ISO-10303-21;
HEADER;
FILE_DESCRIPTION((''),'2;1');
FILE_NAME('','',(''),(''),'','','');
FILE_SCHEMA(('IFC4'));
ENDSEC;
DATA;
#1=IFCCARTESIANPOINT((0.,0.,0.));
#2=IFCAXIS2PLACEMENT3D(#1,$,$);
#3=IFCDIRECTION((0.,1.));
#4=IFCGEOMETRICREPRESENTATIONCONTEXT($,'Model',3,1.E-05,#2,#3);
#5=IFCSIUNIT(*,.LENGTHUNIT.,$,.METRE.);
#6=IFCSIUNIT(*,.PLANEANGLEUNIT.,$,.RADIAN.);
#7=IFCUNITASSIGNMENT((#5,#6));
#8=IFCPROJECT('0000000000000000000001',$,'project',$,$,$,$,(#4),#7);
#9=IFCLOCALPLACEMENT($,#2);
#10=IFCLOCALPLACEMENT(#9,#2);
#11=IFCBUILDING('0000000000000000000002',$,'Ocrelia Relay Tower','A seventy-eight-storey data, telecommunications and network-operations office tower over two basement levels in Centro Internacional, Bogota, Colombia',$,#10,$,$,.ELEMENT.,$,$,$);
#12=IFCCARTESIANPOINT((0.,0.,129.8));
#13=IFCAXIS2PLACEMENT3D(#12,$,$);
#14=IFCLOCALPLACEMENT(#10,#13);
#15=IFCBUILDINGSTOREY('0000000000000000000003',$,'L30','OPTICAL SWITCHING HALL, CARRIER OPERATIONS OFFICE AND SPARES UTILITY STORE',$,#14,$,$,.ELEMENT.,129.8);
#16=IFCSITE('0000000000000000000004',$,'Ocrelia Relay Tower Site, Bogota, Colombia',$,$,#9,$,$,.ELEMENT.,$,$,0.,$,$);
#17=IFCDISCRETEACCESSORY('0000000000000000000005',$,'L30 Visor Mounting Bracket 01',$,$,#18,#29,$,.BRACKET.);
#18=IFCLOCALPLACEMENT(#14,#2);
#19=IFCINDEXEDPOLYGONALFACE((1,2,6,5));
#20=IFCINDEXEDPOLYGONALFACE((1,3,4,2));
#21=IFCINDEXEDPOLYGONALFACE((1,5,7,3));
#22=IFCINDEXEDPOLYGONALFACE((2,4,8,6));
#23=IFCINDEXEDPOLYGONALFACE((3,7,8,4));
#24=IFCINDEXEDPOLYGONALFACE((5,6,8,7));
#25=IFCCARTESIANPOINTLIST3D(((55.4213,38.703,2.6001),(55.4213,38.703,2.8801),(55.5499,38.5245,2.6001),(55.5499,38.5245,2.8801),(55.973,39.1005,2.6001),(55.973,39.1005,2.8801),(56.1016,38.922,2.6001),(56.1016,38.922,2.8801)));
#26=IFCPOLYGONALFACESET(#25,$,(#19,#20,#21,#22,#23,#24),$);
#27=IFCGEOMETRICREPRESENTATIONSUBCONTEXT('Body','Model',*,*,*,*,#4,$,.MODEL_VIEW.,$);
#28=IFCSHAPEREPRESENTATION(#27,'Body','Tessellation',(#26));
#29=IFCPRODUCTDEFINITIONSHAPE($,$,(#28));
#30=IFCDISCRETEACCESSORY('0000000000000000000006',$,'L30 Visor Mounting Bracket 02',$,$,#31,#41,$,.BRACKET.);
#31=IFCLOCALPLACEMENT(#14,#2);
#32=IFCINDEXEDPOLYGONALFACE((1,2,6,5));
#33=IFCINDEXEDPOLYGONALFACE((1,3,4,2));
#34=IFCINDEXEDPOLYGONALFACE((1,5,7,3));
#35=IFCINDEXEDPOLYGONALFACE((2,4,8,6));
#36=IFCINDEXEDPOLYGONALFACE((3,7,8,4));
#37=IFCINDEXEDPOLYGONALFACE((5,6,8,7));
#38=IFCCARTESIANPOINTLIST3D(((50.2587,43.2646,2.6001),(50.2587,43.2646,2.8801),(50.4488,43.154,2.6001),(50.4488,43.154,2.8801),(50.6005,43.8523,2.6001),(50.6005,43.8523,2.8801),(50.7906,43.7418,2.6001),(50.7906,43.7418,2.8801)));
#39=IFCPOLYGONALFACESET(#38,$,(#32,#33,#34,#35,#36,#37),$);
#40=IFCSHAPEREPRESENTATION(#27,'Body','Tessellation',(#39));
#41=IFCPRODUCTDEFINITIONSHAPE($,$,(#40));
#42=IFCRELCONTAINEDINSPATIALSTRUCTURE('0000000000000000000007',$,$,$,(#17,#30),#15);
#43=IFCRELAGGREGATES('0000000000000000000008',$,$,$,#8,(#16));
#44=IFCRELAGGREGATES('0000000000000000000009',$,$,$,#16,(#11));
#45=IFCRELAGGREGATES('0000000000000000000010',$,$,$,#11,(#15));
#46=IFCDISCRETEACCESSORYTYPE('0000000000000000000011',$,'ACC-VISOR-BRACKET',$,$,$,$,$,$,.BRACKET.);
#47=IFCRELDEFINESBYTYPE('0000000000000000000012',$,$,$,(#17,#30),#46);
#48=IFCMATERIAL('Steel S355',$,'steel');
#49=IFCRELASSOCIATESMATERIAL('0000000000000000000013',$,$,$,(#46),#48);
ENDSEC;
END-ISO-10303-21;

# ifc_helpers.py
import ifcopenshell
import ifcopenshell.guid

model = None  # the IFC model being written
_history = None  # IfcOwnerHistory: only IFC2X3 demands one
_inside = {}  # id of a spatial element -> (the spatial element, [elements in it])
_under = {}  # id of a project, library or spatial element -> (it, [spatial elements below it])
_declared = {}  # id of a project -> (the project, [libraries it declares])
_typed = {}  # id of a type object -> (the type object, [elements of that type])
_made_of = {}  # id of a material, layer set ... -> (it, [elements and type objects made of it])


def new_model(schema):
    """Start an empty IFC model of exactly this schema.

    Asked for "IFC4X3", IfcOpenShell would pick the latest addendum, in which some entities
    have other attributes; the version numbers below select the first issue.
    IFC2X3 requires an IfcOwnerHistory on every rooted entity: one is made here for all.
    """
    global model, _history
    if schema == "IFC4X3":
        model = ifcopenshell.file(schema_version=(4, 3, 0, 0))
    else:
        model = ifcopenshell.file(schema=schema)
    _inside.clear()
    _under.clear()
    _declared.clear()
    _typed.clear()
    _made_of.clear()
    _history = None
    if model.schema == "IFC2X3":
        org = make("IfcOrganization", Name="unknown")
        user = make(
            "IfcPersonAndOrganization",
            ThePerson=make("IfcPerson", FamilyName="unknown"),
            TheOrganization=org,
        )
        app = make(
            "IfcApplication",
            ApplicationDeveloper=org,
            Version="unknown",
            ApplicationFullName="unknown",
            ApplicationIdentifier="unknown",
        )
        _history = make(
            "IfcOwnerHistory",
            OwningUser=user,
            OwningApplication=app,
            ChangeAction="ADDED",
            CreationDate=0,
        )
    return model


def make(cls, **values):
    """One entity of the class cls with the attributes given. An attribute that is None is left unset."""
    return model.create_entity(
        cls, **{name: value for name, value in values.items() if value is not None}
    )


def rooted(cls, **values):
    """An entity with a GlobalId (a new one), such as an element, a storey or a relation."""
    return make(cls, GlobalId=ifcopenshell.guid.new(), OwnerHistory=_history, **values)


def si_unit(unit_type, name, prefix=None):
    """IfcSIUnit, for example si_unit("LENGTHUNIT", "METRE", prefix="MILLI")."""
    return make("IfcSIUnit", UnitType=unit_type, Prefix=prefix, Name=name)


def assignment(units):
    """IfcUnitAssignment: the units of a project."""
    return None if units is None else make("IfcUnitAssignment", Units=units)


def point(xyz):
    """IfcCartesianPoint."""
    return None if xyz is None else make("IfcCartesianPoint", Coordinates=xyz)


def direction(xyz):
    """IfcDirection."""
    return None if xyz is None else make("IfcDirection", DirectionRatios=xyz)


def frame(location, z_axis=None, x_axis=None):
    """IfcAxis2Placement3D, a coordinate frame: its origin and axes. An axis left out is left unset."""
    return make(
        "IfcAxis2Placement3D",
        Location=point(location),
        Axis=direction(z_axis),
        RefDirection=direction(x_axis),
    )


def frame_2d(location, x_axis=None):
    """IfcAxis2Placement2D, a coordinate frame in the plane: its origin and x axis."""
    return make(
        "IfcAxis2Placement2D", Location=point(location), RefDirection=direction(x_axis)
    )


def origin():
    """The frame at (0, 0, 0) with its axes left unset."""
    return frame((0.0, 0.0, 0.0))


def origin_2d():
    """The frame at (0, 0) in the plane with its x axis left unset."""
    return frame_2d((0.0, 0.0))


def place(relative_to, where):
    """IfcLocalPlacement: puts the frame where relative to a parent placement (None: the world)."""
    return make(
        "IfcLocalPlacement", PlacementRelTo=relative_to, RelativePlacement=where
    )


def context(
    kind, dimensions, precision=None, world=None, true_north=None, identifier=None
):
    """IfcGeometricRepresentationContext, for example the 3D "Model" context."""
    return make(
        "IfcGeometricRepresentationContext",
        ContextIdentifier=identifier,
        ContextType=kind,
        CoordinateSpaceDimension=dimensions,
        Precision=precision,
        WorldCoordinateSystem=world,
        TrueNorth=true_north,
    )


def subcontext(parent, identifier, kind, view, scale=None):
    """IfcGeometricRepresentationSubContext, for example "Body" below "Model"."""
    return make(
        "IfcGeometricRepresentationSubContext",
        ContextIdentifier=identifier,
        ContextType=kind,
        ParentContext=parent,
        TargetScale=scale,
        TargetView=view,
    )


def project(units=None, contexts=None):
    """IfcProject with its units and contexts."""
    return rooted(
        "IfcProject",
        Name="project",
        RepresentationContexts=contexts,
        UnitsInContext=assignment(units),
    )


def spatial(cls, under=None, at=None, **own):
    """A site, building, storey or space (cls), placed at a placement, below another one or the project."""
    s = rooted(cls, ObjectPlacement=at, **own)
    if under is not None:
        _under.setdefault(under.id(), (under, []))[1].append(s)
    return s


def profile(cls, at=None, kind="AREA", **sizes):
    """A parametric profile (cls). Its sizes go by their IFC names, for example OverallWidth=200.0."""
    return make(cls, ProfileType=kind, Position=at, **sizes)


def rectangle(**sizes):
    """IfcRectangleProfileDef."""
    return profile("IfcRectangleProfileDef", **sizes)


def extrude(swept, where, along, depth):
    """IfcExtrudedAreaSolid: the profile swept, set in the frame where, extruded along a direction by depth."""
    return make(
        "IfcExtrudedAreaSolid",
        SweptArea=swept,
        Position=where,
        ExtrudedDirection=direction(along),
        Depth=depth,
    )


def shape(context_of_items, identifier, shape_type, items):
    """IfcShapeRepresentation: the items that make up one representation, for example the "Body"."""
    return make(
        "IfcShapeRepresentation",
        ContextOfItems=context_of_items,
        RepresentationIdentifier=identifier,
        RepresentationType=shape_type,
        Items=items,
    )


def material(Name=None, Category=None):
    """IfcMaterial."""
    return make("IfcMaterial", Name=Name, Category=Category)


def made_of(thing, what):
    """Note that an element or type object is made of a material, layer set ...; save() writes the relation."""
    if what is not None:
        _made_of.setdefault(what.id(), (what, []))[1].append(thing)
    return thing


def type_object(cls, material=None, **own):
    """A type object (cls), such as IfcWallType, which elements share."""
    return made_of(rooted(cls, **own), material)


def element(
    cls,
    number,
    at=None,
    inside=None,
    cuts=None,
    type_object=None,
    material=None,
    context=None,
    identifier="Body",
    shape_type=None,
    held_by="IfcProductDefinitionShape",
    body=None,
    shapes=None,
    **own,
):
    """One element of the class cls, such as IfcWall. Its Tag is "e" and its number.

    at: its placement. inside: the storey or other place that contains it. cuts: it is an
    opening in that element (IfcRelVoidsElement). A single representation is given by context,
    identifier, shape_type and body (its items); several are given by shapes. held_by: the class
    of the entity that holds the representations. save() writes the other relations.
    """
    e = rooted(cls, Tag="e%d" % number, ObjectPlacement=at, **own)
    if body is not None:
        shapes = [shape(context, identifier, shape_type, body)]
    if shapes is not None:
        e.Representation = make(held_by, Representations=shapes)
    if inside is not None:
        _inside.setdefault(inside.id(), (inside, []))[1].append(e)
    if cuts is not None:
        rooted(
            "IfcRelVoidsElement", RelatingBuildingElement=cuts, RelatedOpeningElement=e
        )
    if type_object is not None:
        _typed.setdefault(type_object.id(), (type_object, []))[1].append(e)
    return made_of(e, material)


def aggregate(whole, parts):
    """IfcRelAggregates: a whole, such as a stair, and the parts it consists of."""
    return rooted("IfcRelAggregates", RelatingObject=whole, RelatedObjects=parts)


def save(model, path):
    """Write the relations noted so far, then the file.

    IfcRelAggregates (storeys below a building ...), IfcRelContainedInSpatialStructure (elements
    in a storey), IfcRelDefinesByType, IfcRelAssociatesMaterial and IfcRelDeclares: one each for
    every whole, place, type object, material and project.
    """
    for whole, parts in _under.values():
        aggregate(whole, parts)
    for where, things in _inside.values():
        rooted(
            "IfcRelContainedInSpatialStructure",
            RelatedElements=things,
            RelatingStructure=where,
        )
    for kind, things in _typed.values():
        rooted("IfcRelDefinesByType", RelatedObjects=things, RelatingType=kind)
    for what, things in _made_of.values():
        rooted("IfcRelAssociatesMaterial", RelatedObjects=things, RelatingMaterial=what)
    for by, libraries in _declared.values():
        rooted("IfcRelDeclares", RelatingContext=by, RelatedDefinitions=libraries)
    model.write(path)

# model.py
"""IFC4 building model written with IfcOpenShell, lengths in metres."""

from ifc_helpers import new_model, si_unit, direction, frame, origin, origin_2d, place, context, subcontext, project, spatial, rectangle, extrude, material, type_object, element, save


model = new_model("IFC4")

# Units and contexts
model_context = context("Model", 3, precision=1e-05, world=origin(), true_north=direction((0.0, 1.0)))
body_context = subcontext(model_context, "Body", "Model", "MODEL_VIEW")
ifc_project = project(units=[si_unit("LENGTHUNIT", "METRE"), si_unit("PLANEANGLEUNIT", "RADIAN")], contexts=[model_context])

# Site, building, storey
site_placement = place(None, origin())
site = spatial("IfcSite", under=ifc_project, at=site_placement, Name="Ocrelia Relay Tower Site, Bogota, Colombia", CompositionType="ELEMENT", RefElevation=0.0)
building_placement = place(site_placement, origin())
building = spatial("IfcBuilding", under=site, at=building_placement, Name="Ocrelia Relay Tower", Description="A seventy-eight-storey data, telecommunications and network-operations office tower over two basement levels in Centro Internacional, Bogota, Colombia", CompositionType="ELEMENT")
storey_placement = place(building_placement, frame((0.0, 0.0, 129.8)))
storey = spatial("IfcBuildingStorey", under=building, at=storey_placement, Name="L30", Description="OPTICAL SWITCHING HALL, CARRIER OPERATIONS OFFICE AND SPARES UTILITY STORE", CompositionType="ELEMENT", Elevation=129.8)

# Shared definitions
ifc_material_1 = material(Name="Steel S355", Category="steel")

# Discrete accessories
discrete_accessory_type = type_object("IfcDiscreteAccessoryType", Name="ACC-VISOR-BRACKET", PredefinedType="BRACKET", material=ifc_material_1)
for number, where, z_axis, x_axis, name in (
    (1, (55.7615, 38.8125, 2.6001), (0.0, 0.0, 1.0), (-0.584527, 0.811374, 0.0), "L30 Visor Mounting Bracket 01"),
    (2, (50.5247, 43.5032, 2.6001), (0.0, 0.0, 1.0), (-0.864446, 0.502726, 0.0), "L30 Visor Mounting Bracket 02"),
):
    element("IfcDiscreteAccessory", number, at=place(storey_placement, frame(where, z_axis=z_axis, x_axis=x_axis)), inside=storey, type_object=discrete_accessory_type, Name=name, PredefinedType="BRACKET", context=body_context, shape_type="SweptSolid", body=[
        extrude(rectangle(XDim=0.22, YDim=0.6799, at=origin_2d()), origin(), (0.0, 0.0, 1.0), 0.28),
    ])

save(model, "model.ifc")
